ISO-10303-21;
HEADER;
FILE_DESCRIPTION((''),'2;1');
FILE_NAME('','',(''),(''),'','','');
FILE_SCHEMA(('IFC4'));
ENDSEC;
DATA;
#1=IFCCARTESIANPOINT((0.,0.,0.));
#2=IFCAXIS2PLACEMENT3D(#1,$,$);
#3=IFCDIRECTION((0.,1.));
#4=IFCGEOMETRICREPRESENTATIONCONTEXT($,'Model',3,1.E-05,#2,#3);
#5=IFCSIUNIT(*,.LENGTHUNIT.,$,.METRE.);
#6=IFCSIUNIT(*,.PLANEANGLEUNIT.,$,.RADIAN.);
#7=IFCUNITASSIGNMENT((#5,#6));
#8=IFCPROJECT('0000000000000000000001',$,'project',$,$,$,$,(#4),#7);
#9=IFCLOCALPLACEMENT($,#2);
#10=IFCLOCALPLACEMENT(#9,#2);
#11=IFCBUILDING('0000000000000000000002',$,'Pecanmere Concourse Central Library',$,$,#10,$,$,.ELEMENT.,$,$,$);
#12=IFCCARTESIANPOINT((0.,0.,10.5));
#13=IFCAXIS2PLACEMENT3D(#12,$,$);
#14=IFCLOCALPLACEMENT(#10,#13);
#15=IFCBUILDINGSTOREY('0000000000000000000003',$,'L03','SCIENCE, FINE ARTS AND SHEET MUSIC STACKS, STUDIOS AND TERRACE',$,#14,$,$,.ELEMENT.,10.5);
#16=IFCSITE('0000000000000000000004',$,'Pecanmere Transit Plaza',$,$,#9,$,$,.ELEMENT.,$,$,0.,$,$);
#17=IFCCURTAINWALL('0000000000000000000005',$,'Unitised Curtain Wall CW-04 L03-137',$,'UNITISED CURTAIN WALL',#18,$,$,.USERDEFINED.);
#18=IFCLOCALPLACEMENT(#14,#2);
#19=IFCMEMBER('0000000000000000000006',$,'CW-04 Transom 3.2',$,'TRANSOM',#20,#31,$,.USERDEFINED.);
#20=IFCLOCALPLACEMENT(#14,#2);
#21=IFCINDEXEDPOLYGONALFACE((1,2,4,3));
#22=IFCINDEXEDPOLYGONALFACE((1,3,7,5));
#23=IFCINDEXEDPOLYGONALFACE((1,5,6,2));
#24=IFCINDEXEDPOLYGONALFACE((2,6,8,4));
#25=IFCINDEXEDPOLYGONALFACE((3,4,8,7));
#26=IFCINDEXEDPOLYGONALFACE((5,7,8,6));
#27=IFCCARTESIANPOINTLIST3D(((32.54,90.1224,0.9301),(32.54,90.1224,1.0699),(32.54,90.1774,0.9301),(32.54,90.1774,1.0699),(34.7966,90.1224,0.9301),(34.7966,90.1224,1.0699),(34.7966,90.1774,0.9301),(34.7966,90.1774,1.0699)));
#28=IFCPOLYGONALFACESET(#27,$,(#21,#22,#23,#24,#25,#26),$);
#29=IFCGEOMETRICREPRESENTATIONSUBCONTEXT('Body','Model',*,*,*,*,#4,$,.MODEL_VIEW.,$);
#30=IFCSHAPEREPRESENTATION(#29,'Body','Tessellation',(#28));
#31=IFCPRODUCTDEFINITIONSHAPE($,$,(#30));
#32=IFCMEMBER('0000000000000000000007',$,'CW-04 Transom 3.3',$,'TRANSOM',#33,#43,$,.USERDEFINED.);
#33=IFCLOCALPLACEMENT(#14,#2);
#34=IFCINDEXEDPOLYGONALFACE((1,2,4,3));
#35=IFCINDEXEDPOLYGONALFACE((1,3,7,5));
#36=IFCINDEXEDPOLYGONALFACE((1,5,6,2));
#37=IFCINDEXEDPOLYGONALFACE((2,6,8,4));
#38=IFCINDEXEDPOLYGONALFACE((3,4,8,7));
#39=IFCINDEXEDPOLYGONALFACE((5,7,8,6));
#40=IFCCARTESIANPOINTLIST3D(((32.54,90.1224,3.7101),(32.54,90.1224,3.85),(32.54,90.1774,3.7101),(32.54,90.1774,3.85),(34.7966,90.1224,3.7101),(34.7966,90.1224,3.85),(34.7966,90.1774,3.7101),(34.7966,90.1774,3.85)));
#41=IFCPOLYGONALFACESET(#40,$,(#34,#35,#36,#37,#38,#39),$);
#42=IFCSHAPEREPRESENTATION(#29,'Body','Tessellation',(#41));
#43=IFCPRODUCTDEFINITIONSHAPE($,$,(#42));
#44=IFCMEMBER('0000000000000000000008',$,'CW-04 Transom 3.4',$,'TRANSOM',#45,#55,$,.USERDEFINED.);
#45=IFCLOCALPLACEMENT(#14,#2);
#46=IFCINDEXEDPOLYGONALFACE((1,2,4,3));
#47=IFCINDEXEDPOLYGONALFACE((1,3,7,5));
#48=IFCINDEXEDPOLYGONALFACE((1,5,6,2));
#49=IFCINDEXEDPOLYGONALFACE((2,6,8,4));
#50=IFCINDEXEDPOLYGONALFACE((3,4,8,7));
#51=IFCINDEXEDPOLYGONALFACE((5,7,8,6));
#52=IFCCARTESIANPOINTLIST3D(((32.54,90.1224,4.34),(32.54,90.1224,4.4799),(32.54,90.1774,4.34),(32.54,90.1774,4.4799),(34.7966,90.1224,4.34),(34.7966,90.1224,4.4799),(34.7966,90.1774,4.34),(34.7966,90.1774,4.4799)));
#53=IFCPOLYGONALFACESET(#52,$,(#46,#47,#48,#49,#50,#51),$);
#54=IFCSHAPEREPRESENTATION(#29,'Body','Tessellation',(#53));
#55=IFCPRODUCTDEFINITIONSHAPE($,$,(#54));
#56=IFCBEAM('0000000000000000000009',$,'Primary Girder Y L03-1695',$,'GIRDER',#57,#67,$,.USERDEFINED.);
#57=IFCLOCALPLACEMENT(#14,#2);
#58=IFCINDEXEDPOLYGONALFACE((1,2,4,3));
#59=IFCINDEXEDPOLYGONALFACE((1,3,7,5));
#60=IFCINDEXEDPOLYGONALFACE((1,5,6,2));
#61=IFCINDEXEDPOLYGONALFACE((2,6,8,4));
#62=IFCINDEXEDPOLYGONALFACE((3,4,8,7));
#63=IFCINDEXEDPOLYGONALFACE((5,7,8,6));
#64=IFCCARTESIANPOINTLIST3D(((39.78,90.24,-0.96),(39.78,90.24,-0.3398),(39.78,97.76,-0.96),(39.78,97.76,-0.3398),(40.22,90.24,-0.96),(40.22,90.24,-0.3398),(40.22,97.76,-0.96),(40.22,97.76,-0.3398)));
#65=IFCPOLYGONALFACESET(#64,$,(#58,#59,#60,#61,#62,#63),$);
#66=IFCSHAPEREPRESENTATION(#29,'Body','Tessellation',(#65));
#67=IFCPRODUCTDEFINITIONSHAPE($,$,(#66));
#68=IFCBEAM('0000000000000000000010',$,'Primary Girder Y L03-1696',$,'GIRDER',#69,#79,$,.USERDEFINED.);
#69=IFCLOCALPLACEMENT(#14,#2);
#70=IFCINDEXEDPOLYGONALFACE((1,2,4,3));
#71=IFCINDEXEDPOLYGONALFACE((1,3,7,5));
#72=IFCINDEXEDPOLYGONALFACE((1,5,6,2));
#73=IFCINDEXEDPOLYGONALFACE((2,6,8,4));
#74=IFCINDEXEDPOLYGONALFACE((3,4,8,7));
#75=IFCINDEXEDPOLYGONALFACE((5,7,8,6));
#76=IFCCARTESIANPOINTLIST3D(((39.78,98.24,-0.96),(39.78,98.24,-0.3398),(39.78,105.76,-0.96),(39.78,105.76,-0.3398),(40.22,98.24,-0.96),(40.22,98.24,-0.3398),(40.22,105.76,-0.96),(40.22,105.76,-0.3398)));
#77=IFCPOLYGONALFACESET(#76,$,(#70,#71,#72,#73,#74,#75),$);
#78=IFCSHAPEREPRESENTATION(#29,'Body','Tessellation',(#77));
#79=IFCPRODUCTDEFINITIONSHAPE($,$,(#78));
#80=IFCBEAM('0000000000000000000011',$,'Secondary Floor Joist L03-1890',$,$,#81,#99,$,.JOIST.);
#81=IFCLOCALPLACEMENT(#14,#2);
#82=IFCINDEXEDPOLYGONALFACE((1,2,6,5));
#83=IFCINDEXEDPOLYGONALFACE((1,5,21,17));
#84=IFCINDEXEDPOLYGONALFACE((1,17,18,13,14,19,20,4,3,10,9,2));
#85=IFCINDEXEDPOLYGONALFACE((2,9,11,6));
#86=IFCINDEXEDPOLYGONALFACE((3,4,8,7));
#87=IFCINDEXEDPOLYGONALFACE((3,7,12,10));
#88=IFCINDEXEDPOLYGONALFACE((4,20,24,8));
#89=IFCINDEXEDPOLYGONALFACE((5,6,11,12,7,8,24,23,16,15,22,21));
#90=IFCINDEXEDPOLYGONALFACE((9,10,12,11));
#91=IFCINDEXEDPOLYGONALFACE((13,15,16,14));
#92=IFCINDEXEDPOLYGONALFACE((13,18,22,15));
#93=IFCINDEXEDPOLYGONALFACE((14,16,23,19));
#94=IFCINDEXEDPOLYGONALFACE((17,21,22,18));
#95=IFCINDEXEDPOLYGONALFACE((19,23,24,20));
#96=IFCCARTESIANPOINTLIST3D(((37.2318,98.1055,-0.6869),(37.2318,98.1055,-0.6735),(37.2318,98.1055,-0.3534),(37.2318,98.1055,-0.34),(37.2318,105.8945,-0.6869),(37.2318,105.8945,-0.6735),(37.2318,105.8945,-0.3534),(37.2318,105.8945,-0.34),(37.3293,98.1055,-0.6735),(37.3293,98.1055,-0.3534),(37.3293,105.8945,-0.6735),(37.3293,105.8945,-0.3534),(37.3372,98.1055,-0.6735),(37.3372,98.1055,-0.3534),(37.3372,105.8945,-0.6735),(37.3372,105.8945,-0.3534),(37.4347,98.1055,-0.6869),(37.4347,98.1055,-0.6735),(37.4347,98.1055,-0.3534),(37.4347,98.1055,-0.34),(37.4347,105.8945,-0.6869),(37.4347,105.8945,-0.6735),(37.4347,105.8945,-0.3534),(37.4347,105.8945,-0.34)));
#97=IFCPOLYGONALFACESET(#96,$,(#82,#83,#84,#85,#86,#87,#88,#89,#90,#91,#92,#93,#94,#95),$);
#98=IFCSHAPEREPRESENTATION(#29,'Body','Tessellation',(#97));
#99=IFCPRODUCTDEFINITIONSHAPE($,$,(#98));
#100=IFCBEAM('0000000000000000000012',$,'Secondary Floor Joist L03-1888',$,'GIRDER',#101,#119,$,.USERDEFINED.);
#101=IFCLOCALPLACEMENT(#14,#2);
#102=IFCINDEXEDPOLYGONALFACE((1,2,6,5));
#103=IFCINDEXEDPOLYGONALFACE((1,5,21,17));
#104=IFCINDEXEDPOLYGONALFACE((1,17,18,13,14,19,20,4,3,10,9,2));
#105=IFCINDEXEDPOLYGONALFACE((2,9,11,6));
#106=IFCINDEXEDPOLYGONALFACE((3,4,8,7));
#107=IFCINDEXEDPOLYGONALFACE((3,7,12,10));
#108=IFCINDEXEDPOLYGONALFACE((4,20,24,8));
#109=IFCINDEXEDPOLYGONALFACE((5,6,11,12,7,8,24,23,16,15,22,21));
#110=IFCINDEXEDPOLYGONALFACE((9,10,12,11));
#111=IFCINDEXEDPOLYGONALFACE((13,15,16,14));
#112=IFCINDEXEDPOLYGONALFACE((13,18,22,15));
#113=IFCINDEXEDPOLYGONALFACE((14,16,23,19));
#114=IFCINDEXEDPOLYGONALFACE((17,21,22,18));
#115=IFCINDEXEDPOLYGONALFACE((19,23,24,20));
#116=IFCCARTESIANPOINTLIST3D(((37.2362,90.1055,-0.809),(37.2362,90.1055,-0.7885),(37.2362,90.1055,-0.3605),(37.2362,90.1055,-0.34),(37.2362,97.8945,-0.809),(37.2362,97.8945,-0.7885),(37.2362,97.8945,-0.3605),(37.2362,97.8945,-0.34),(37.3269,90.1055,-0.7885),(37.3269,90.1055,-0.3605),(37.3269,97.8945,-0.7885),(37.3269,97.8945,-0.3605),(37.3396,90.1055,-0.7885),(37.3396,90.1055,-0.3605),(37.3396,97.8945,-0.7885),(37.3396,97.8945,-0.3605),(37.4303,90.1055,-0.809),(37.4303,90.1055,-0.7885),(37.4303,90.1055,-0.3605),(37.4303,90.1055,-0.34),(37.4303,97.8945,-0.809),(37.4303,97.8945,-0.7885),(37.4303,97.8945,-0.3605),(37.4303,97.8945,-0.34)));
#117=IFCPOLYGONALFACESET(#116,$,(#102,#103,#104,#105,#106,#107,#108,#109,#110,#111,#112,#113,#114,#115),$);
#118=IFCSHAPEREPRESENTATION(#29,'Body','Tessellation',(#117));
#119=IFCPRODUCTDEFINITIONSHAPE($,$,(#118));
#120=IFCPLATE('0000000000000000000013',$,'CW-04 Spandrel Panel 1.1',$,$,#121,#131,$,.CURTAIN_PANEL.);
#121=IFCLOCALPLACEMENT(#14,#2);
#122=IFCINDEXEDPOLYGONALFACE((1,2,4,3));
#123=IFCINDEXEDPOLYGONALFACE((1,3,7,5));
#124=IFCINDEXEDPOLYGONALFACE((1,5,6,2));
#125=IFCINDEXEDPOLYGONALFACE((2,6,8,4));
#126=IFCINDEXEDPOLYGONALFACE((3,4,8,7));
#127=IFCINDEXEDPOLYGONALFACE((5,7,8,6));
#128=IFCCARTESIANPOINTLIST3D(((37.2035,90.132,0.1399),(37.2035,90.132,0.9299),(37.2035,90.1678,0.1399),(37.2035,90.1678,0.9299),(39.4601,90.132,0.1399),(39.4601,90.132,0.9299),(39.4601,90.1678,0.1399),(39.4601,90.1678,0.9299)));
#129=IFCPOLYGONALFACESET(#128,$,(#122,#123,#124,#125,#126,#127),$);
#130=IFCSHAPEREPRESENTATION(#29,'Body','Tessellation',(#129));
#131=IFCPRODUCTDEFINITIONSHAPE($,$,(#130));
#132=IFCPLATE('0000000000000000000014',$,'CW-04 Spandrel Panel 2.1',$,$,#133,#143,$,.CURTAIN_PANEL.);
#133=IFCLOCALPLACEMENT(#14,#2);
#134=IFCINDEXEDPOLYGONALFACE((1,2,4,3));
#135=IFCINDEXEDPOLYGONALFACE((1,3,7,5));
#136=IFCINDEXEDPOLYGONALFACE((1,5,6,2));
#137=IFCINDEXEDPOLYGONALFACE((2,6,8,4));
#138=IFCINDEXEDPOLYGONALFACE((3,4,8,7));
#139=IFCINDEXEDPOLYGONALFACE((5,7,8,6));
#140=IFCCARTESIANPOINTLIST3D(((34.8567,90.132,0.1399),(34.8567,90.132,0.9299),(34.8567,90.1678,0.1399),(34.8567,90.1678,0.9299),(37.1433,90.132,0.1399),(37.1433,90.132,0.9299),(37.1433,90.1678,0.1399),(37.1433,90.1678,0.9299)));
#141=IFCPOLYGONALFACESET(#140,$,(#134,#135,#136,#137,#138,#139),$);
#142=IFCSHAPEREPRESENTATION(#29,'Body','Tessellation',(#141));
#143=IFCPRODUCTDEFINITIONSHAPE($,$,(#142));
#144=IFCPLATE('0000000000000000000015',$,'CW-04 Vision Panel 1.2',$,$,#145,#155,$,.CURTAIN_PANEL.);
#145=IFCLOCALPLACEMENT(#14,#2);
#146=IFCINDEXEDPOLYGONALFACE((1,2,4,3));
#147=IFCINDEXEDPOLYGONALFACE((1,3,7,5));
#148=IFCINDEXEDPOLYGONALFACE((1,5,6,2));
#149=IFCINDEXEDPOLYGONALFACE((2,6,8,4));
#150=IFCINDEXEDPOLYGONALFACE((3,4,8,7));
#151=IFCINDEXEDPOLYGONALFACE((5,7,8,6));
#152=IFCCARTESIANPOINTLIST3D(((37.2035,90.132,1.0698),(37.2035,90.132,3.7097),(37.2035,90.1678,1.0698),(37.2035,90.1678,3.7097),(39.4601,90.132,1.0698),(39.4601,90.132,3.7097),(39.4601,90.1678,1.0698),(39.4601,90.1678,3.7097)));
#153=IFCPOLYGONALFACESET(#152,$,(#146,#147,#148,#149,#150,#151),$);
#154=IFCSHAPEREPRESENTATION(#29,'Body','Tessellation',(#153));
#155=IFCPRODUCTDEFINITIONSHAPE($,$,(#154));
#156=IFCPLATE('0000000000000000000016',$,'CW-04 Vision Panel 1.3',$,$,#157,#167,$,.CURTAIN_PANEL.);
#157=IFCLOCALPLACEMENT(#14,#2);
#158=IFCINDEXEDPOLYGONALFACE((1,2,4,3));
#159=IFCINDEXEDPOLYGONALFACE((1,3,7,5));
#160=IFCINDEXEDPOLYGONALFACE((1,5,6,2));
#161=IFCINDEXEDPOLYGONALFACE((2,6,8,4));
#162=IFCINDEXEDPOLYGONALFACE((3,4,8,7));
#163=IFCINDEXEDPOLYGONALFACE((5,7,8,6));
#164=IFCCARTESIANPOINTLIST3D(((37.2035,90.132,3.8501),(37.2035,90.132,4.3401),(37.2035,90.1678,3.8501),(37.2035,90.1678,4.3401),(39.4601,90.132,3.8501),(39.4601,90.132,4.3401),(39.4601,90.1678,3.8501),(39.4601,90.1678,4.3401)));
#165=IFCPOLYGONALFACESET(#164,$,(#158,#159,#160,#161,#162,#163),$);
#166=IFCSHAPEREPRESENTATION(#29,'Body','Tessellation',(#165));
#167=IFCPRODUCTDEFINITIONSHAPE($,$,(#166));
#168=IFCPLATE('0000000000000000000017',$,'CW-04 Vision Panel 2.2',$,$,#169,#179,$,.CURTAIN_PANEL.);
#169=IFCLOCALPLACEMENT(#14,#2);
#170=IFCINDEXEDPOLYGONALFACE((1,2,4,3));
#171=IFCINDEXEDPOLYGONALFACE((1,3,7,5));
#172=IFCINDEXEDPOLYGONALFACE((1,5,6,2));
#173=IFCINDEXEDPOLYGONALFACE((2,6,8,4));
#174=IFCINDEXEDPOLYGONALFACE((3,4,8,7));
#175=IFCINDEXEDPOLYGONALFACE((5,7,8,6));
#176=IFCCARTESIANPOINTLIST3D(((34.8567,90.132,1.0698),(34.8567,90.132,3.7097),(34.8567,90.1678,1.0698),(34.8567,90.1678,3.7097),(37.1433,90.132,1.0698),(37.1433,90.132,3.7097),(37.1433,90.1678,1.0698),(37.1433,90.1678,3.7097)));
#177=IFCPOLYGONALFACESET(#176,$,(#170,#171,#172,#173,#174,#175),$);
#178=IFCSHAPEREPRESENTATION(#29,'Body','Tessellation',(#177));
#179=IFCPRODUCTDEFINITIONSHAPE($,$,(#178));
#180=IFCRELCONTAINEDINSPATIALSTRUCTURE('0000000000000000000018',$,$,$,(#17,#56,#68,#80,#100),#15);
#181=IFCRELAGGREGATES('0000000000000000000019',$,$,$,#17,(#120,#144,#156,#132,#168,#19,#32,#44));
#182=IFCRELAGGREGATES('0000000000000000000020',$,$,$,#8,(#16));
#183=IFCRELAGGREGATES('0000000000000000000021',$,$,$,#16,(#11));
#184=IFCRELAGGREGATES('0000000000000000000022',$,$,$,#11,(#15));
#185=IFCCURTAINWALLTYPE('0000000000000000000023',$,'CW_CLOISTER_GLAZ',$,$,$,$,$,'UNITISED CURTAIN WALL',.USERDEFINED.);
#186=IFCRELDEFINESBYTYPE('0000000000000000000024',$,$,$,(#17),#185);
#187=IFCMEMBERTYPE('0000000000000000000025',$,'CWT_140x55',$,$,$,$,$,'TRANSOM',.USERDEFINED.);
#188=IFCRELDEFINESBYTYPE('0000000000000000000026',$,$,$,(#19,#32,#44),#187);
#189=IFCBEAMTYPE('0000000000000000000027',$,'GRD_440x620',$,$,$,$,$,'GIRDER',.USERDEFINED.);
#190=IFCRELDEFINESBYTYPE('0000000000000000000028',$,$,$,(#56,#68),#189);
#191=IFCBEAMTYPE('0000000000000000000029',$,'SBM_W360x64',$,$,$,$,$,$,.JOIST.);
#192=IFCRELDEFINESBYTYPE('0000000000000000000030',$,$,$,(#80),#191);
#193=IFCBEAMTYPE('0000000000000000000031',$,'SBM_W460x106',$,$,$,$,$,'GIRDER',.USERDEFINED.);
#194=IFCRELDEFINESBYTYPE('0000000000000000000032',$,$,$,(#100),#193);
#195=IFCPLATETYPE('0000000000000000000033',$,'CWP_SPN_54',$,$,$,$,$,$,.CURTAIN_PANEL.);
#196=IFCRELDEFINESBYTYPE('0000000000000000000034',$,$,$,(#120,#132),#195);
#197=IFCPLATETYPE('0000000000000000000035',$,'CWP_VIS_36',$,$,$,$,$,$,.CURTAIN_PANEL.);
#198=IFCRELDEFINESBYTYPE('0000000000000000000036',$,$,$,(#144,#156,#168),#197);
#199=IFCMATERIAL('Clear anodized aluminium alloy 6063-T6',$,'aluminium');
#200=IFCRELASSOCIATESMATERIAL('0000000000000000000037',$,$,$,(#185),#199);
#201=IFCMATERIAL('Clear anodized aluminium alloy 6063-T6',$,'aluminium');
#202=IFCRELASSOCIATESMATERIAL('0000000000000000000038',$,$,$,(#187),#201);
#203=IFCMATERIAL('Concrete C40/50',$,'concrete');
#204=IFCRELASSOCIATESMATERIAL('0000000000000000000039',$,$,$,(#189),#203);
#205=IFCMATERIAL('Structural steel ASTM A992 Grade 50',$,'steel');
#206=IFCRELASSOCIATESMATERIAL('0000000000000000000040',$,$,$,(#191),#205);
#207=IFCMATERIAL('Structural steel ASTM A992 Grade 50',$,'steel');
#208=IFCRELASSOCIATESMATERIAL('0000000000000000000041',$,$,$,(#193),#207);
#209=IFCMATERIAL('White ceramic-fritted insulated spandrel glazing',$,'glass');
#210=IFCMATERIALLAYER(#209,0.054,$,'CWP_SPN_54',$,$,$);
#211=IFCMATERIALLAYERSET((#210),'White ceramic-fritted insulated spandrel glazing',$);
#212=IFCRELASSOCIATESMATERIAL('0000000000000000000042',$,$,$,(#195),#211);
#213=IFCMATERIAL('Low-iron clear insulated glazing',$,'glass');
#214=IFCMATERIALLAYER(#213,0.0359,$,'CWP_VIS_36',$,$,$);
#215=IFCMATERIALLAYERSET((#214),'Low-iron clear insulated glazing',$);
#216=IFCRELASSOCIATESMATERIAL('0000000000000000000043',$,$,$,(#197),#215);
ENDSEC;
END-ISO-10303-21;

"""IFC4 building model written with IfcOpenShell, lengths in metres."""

from ifc_helpers import new_model, si_unit, direction, frame, origin, origin_2d, place, context, subcontext, project, spatial, rectangle, i_section, extrude, material, layer, layer_set, material_profile, profile_set, type_object, element, aggregate, save


model = new_model("IFC4")

# Units and contexts
model_context = context("Model", 3, precision=1e-05, world=origin(), true_north=direction((0.0, 1.0)))
body_context = subcontext(model_context, "Body", "Model", "MODEL_VIEW")
ifc_project = project(units=[si_unit("LENGTHUNIT", "METRE"), si_unit("PLANEANGLEUNIT", "RADIAN")], contexts=[model_context])

# Site, building, storey
site_placement = place(None, origin())
site = spatial("IfcSite", under=ifc_project, at=site_placement, Name="Pecanmere Transit Plaza", CompositionType="ELEMENT", RefElevation=0.0)
building_placement = place(site_placement, origin())
building = spatial("IfcBuilding", under=site, at=building_placement, Name="Pecanmere Concourse Central Library", CompositionType="ELEMENT")
storey_placement = place(building_placement, frame((0.0, 0.0, 10.5)))
storey = spatial("IfcBuildingStorey", under=building, at=storey_placement, Name="L03", Description="SCIENCE, FINE ARTS AND SHEET MUSIC STACKS, STUDIOS AND TERRACE", CompositionType="ELEMENT", Elevation=10.5)

# Curtain wall, members
ifc_material_1 = material(Name="Clear anodized aluminium alloy 6063-T6", Category="aluminium")
curtain_wall_type = type_object("IfcCurtainWallType", Name="CW_CLOISTER_GLAZ", ElementType="UNITISED CURTAIN WALL", PredefinedType="USERDEFINED", material=ifc_material_1)
curtain_wall_placement = place(storey_placement, origin())
curtain_wall = element("IfcCurtainWall", 1, at=curtain_wall_placement, inside=storey, type_object=curtain_wall_type, Name="Unitised Curtain Wall CW-04 L03-137", ObjectType="UNITISED CURTAIN WALL", PredefinedType="USERDEFINED")
ifc_material_2 = material(Name="Clear anodized aluminium alloy 6063-T6", Category="aluminium")
ifc_material_profile_1 = material_profile(ifc_material_2, rectangle(XDim=0.0549, YDim=0.1399, at=origin_2d()), Name="AL 55x140")
ifc_profile_set_1 = profile_set([ifc_material_profile_1], Name="Clear anodized aluminium alloy 6063-T6")
member_type_1 = type_object("IfcMemberType", Name="CWT_140x55", ElementType="TRANSOM", PredefinedType="USERDEFINED", material=ifc_profile_set_1)
member_1_placement = place(storey_placement, frame((34.7966, 90.1499, 1.0), z_axis=(-1.0, 0.0, 0.0), x_axis=(0.0, -1.0, 0.0)))
member_1 = element("IfcMember", 2, at=member_1_placement, type_object=member_type_1, Name="CW-04 Transom 3.2", ObjectType="TRANSOM", PredefinedType="USERDEFINED", context=body_context, shape_type="SweptSolid", body=[
    extrude(rectangle(XDim=0.0549, YDim=0.1399, at=origin_2d()), origin(), (0.0, 0.0, 1.0), 2.2566),
])
member_2_placement = place(storey_placement, frame((34.7966, 90.1499, 3.78), z_axis=(-1.0, 0.0, 0.0), x_axis=(0.0, -1.0, 0.0)))
member_2 = element("IfcMember", 3, at=member_2_placement, type_object=member_type_1, Name="CW-04 Transom 3.3", ObjectType="TRANSOM", PredefinedType="USERDEFINED", context=body_context, shape_type="SweptSolid", body=[
    extrude(rectangle(XDim=0.0549, YDim=0.1399, at=origin_2d()), origin(), (0.0, 0.0, 1.0), 2.2566),
])
member_3_placement = place(storey_placement, frame((34.7966, 90.1499, 4.4099), z_axis=(-1.0, 0.0, 0.0), x_axis=(0.0, -1.0, 0.0)))
member_3 = element("IfcMember", 4, at=member_3_placement, type_object=member_type_1, Name="CW-04 Transom 3.4", ObjectType="TRANSOM", PredefinedType="USERDEFINED", context=body_context, shape_type="SweptSolid", body=[
    extrude(rectangle(XDim=0.0549, YDim=0.1399, at=origin_2d()), origin(), (0.0, 0.0, 1.0), 2.2566),
])

# Beams
ifc_material_3 = material(Name="Concrete C40/50", Category="concrete")
ifc_material_profile_2 = material_profile(ifc_material_3, rectangle(XDim=0.4399, YDim=0.6201, at=origin_2d()), Name="RC 440x620")
ifc_profile_set_2 = profile_set([ifc_material_profile_2], Name="Concrete C40/50")
beam_type_1 = type_object("IfcBeamType", Name="GRD_440x620", ElementType="GIRDER", PredefinedType="USERDEFINED", material=ifc_profile_set_2)
for number, where, z_axis, x_axis, name in (
    (5, (40.0, 90.24, -0.6499), (0.0, 1.0, 0.0), (-1.0, 0.0, 0.0), "Primary Girder Y L03-1695"),
    (6, (40.0, 98.24, -0.6499), (0.0, 1.0, 0.0), (-1.0, 0.0, 0.0), "Primary Girder Y L03-1696"),
):
    element("IfcBeam", number, at=place(storey_placement, frame(where, z_axis=z_axis, x_axis=x_axis)), inside=storey, type_object=beam_type_1, Name=name, ObjectType="GIRDER", PredefinedType="USERDEFINED", context=body_context, shape_type="SweptSolid", body=[
        extrude(rectangle(XDim=0.4399, YDim=0.6201, at=origin_2d()), origin(), (0.0, 0.0, 1.0), 7.52),
    ])
ifc_material_4 = material(Name="Structural steel ASTM A992 Grade 50", Category="steel")
ifc_material_profile_3 = material_profile(ifc_material_4, i_section(OverallWidth=0.2029, OverallDepth=0.3469, WebThickness=0.0078, FlangeThickness=0.0134, at=origin_2d()), Name="W360x64")
ifc_profile_set_3 = profile_set([ifc_material_profile_3], Name="Structural steel ASTM A992 Grade 50")
beam_type_2 = type_object("IfcBeamType", Name="SBM_W360x64", PredefinedType="JOIST", material=ifc_profile_set_3)
beam_1_placement = place(storey_placement, frame((37.3333, 98.1055, -0.5134), z_axis=(0.0, 1.0, 0.0), x_axis=(-1.0, 0.0, 0.0)))
element("IfcBeam", 7, at=beam_1_placement, inside=storey, type_object=beam_type_2, Name="Secondary Floor Joist L03-1890", PredefinedType="JOIST", context=body_context, shape_type="SweptSolid", body=[
    extrude(i_section(OverallWidth=0.2029, OverallDepth=0.3469, WebThickness=0.0078, FlangeThickness=0.0134, at=origin_2d()), origin(), (0.0, 0.0, 1.0), 7.7891),
])
ifc_material_5 = material(Name="Structural steel ASTM A992 Grade 50", Category="steel")
ifc_material_profile_4 = material_profile(ifc_material_5, i_section(OverallWidth=0.1941, OverallDepth=0.469, WebThickness=0.0127, FlangeThickness=0.0205, at=origin_2d()), Name="W460x106")
ifc_profile_set_4 = profile_set([ifc_material_profile_4], Name="Structural steel ASTM A992 Grade 50")
beam_type_3 = type_object("IfcBeamType", Name="SBM_W460x106", ElementType="GIRDER", PredefinedType="USERDEFINED", material=ifc_profile_set_4)
beam_2_placement = place(storey_placement, frame((37.3333, 90.1055, -0.5745), z_axis=(0.0, 1.0, 0.0), x_axis=(-1.0, 0.0, 0.0)))
element("IfcBeam", 8, at=beam_2_placement, inside=storey, type_object=beam_type_3, Name="Secondary Floor Joist L03-1888", ObjectType="GIRDER", PredefinedType="USERDEFINED", context=body_context, shape_type="SweptSolid", body=[
    extrude(i_section(OverallWidth=0.1941, OverallDepth=0.469, WebThickness=0.0127, FlangeThickness=0.0205, at=origin_2d()), origin(), (0.0, 0.0, 1.0), 7.7891),
])

# Plates
ifc_material_6 = material(Name="White ceramic-fritted insulated spandrel glazing", Category="glass")
ifc_layer_1 = layer(ifc_material_6, 0.054, Name="CWP_SPN_54")
ifc_layer_set_1 = layer_set([ifc_layer_1], Name="White ceramic-fritted insulated spandrel glazing")
plate_type_1 = type_object("IfcPlateType", Name="CWP_SPN_54", PredefinedType="CURTAIN_PANEL", material=ifc_layer_set_1)
plate_1_placement = place(storey_placement, frame((38.3318, 90.1499, 0.1399), z_axis=(0.0, 0.0, 1.0), x_axis=(-1.0, 0.0, 0.0)))
plate_1 = element("IfcPlate", 9, at=plate_1_placement, type_object=plate_type_1, Name="CW-04 Spandrel Panel 1.1", PredefinedType="CURTAIN_PANEL", context=body_context, shape_type="SweptSolid", body=[
    extrude(rectangle(XDim=2.2566, YDim=0.0359, at=origin_2d()), origin(), (0.0, 0.0, 1.0), 0.79),
])
plate_2_placement = place(storey_placement, frame((36.0, 90.1499, 0.1399), z_axis=(0.0, 0.0, 1.0), x_axis=(-1.0, 0.0, 0.0)))
plate_2 = element("IfcPlate", 10, at=plate_2_placement, type_object=plate_type_1, Name="CW-04 Spandrel Panel 2.1", PredefinedType="CURTAIN_PANEL", context=body_context, shape_type="SweptSolid", body=[
    extrude(rectangle(XDim=2.2866, YDim=0.0359, at=origin_2d()), origin(), (0.0, 0.0, 1.0), 0.79),
])
ifc_material_7 = material(Name="Low-iron clear insulated glazing", Category="glass")
ifc_layer_2 = layer(ifc_material_7, 0.0359, Name="CWP_VIS_36")
ifc_layer_set_2 = layer_set([ifc_layer_2], Name="Low-iron clear insulated glazing")
plate_type_2 = type_object("IfcPlateType", Name="CWP_VIS_36", PredefinedType="CURTAIN_PANEL", material=ifc_layer_set_2)
plate_3_placement = place(storey_placement, frame((38.3318, 90.1499, 1.0698), z_axis=(0.0, 0.0, 1.0), x_axis=(-1.0, 0.0, 0.0)))
plate_3 = element("IfcPlate", 11, at=plate_3_placement, type_object=plate_type_2, Name="CW-04 Vision Panel 1.2", PredefinedType="CURTAIN_PANEL", context=body_context, shape_type="SweptSolid", body=[
    extrude(rectangle(XDim=2.2566, YDim=0.0359, at=origin_2d()), origin(), (0.0, 0.0, 1.0), 2.6399),
])
plate_4_placement = place(storey_placement, frame((38.3318, 90.1499, 3.8501), z_axis=(0.0, 0.0, 1.0), x_axis=(-1.0, 0.0, 0.0)))
plate_4 = element("IfcPlate", 12, at=plate_4_placement, type_object=plate_type_2, Name="CW-04 Vision Panel 1.3", PredefinedType="CURTAIN_PANEL", context=body_context, shape_type="SweptSolid", body=[
    extrude(rectangle(XDim=2.2566, YDim=0.0359, at=origin_2d()), origin(), (0.0, 0.0, 1.0), 0.49),
])
plate_5_placement = place(storey_placement, frame((36.0, 90.1499, 1.0698), z_axis=(0.0, 0.0, 1.0), x_axis=(-1.0, 0.0, 0.0)))
plate_5 = element("IfcPlate", 13, at=plate_5_placement, type_object=plate_type_2, Name="CW-04 Vision Panel 2.2", PredefinedType="CURTAIN_PANEL", context=body_context, shape_type="SweptSolid", body=[
    extrude(rectangle(XDim=2.2866, YDim=0.0359, at=origin_2d()), origin(), (0.0, 0.0, 1.0), 2.6399),
])
aggregate(curtain_wall, [plate_1, plate_3, plate_4, plate_2, plate_5, member_1, member_2, member_3])

save(model, "model.ifc")
